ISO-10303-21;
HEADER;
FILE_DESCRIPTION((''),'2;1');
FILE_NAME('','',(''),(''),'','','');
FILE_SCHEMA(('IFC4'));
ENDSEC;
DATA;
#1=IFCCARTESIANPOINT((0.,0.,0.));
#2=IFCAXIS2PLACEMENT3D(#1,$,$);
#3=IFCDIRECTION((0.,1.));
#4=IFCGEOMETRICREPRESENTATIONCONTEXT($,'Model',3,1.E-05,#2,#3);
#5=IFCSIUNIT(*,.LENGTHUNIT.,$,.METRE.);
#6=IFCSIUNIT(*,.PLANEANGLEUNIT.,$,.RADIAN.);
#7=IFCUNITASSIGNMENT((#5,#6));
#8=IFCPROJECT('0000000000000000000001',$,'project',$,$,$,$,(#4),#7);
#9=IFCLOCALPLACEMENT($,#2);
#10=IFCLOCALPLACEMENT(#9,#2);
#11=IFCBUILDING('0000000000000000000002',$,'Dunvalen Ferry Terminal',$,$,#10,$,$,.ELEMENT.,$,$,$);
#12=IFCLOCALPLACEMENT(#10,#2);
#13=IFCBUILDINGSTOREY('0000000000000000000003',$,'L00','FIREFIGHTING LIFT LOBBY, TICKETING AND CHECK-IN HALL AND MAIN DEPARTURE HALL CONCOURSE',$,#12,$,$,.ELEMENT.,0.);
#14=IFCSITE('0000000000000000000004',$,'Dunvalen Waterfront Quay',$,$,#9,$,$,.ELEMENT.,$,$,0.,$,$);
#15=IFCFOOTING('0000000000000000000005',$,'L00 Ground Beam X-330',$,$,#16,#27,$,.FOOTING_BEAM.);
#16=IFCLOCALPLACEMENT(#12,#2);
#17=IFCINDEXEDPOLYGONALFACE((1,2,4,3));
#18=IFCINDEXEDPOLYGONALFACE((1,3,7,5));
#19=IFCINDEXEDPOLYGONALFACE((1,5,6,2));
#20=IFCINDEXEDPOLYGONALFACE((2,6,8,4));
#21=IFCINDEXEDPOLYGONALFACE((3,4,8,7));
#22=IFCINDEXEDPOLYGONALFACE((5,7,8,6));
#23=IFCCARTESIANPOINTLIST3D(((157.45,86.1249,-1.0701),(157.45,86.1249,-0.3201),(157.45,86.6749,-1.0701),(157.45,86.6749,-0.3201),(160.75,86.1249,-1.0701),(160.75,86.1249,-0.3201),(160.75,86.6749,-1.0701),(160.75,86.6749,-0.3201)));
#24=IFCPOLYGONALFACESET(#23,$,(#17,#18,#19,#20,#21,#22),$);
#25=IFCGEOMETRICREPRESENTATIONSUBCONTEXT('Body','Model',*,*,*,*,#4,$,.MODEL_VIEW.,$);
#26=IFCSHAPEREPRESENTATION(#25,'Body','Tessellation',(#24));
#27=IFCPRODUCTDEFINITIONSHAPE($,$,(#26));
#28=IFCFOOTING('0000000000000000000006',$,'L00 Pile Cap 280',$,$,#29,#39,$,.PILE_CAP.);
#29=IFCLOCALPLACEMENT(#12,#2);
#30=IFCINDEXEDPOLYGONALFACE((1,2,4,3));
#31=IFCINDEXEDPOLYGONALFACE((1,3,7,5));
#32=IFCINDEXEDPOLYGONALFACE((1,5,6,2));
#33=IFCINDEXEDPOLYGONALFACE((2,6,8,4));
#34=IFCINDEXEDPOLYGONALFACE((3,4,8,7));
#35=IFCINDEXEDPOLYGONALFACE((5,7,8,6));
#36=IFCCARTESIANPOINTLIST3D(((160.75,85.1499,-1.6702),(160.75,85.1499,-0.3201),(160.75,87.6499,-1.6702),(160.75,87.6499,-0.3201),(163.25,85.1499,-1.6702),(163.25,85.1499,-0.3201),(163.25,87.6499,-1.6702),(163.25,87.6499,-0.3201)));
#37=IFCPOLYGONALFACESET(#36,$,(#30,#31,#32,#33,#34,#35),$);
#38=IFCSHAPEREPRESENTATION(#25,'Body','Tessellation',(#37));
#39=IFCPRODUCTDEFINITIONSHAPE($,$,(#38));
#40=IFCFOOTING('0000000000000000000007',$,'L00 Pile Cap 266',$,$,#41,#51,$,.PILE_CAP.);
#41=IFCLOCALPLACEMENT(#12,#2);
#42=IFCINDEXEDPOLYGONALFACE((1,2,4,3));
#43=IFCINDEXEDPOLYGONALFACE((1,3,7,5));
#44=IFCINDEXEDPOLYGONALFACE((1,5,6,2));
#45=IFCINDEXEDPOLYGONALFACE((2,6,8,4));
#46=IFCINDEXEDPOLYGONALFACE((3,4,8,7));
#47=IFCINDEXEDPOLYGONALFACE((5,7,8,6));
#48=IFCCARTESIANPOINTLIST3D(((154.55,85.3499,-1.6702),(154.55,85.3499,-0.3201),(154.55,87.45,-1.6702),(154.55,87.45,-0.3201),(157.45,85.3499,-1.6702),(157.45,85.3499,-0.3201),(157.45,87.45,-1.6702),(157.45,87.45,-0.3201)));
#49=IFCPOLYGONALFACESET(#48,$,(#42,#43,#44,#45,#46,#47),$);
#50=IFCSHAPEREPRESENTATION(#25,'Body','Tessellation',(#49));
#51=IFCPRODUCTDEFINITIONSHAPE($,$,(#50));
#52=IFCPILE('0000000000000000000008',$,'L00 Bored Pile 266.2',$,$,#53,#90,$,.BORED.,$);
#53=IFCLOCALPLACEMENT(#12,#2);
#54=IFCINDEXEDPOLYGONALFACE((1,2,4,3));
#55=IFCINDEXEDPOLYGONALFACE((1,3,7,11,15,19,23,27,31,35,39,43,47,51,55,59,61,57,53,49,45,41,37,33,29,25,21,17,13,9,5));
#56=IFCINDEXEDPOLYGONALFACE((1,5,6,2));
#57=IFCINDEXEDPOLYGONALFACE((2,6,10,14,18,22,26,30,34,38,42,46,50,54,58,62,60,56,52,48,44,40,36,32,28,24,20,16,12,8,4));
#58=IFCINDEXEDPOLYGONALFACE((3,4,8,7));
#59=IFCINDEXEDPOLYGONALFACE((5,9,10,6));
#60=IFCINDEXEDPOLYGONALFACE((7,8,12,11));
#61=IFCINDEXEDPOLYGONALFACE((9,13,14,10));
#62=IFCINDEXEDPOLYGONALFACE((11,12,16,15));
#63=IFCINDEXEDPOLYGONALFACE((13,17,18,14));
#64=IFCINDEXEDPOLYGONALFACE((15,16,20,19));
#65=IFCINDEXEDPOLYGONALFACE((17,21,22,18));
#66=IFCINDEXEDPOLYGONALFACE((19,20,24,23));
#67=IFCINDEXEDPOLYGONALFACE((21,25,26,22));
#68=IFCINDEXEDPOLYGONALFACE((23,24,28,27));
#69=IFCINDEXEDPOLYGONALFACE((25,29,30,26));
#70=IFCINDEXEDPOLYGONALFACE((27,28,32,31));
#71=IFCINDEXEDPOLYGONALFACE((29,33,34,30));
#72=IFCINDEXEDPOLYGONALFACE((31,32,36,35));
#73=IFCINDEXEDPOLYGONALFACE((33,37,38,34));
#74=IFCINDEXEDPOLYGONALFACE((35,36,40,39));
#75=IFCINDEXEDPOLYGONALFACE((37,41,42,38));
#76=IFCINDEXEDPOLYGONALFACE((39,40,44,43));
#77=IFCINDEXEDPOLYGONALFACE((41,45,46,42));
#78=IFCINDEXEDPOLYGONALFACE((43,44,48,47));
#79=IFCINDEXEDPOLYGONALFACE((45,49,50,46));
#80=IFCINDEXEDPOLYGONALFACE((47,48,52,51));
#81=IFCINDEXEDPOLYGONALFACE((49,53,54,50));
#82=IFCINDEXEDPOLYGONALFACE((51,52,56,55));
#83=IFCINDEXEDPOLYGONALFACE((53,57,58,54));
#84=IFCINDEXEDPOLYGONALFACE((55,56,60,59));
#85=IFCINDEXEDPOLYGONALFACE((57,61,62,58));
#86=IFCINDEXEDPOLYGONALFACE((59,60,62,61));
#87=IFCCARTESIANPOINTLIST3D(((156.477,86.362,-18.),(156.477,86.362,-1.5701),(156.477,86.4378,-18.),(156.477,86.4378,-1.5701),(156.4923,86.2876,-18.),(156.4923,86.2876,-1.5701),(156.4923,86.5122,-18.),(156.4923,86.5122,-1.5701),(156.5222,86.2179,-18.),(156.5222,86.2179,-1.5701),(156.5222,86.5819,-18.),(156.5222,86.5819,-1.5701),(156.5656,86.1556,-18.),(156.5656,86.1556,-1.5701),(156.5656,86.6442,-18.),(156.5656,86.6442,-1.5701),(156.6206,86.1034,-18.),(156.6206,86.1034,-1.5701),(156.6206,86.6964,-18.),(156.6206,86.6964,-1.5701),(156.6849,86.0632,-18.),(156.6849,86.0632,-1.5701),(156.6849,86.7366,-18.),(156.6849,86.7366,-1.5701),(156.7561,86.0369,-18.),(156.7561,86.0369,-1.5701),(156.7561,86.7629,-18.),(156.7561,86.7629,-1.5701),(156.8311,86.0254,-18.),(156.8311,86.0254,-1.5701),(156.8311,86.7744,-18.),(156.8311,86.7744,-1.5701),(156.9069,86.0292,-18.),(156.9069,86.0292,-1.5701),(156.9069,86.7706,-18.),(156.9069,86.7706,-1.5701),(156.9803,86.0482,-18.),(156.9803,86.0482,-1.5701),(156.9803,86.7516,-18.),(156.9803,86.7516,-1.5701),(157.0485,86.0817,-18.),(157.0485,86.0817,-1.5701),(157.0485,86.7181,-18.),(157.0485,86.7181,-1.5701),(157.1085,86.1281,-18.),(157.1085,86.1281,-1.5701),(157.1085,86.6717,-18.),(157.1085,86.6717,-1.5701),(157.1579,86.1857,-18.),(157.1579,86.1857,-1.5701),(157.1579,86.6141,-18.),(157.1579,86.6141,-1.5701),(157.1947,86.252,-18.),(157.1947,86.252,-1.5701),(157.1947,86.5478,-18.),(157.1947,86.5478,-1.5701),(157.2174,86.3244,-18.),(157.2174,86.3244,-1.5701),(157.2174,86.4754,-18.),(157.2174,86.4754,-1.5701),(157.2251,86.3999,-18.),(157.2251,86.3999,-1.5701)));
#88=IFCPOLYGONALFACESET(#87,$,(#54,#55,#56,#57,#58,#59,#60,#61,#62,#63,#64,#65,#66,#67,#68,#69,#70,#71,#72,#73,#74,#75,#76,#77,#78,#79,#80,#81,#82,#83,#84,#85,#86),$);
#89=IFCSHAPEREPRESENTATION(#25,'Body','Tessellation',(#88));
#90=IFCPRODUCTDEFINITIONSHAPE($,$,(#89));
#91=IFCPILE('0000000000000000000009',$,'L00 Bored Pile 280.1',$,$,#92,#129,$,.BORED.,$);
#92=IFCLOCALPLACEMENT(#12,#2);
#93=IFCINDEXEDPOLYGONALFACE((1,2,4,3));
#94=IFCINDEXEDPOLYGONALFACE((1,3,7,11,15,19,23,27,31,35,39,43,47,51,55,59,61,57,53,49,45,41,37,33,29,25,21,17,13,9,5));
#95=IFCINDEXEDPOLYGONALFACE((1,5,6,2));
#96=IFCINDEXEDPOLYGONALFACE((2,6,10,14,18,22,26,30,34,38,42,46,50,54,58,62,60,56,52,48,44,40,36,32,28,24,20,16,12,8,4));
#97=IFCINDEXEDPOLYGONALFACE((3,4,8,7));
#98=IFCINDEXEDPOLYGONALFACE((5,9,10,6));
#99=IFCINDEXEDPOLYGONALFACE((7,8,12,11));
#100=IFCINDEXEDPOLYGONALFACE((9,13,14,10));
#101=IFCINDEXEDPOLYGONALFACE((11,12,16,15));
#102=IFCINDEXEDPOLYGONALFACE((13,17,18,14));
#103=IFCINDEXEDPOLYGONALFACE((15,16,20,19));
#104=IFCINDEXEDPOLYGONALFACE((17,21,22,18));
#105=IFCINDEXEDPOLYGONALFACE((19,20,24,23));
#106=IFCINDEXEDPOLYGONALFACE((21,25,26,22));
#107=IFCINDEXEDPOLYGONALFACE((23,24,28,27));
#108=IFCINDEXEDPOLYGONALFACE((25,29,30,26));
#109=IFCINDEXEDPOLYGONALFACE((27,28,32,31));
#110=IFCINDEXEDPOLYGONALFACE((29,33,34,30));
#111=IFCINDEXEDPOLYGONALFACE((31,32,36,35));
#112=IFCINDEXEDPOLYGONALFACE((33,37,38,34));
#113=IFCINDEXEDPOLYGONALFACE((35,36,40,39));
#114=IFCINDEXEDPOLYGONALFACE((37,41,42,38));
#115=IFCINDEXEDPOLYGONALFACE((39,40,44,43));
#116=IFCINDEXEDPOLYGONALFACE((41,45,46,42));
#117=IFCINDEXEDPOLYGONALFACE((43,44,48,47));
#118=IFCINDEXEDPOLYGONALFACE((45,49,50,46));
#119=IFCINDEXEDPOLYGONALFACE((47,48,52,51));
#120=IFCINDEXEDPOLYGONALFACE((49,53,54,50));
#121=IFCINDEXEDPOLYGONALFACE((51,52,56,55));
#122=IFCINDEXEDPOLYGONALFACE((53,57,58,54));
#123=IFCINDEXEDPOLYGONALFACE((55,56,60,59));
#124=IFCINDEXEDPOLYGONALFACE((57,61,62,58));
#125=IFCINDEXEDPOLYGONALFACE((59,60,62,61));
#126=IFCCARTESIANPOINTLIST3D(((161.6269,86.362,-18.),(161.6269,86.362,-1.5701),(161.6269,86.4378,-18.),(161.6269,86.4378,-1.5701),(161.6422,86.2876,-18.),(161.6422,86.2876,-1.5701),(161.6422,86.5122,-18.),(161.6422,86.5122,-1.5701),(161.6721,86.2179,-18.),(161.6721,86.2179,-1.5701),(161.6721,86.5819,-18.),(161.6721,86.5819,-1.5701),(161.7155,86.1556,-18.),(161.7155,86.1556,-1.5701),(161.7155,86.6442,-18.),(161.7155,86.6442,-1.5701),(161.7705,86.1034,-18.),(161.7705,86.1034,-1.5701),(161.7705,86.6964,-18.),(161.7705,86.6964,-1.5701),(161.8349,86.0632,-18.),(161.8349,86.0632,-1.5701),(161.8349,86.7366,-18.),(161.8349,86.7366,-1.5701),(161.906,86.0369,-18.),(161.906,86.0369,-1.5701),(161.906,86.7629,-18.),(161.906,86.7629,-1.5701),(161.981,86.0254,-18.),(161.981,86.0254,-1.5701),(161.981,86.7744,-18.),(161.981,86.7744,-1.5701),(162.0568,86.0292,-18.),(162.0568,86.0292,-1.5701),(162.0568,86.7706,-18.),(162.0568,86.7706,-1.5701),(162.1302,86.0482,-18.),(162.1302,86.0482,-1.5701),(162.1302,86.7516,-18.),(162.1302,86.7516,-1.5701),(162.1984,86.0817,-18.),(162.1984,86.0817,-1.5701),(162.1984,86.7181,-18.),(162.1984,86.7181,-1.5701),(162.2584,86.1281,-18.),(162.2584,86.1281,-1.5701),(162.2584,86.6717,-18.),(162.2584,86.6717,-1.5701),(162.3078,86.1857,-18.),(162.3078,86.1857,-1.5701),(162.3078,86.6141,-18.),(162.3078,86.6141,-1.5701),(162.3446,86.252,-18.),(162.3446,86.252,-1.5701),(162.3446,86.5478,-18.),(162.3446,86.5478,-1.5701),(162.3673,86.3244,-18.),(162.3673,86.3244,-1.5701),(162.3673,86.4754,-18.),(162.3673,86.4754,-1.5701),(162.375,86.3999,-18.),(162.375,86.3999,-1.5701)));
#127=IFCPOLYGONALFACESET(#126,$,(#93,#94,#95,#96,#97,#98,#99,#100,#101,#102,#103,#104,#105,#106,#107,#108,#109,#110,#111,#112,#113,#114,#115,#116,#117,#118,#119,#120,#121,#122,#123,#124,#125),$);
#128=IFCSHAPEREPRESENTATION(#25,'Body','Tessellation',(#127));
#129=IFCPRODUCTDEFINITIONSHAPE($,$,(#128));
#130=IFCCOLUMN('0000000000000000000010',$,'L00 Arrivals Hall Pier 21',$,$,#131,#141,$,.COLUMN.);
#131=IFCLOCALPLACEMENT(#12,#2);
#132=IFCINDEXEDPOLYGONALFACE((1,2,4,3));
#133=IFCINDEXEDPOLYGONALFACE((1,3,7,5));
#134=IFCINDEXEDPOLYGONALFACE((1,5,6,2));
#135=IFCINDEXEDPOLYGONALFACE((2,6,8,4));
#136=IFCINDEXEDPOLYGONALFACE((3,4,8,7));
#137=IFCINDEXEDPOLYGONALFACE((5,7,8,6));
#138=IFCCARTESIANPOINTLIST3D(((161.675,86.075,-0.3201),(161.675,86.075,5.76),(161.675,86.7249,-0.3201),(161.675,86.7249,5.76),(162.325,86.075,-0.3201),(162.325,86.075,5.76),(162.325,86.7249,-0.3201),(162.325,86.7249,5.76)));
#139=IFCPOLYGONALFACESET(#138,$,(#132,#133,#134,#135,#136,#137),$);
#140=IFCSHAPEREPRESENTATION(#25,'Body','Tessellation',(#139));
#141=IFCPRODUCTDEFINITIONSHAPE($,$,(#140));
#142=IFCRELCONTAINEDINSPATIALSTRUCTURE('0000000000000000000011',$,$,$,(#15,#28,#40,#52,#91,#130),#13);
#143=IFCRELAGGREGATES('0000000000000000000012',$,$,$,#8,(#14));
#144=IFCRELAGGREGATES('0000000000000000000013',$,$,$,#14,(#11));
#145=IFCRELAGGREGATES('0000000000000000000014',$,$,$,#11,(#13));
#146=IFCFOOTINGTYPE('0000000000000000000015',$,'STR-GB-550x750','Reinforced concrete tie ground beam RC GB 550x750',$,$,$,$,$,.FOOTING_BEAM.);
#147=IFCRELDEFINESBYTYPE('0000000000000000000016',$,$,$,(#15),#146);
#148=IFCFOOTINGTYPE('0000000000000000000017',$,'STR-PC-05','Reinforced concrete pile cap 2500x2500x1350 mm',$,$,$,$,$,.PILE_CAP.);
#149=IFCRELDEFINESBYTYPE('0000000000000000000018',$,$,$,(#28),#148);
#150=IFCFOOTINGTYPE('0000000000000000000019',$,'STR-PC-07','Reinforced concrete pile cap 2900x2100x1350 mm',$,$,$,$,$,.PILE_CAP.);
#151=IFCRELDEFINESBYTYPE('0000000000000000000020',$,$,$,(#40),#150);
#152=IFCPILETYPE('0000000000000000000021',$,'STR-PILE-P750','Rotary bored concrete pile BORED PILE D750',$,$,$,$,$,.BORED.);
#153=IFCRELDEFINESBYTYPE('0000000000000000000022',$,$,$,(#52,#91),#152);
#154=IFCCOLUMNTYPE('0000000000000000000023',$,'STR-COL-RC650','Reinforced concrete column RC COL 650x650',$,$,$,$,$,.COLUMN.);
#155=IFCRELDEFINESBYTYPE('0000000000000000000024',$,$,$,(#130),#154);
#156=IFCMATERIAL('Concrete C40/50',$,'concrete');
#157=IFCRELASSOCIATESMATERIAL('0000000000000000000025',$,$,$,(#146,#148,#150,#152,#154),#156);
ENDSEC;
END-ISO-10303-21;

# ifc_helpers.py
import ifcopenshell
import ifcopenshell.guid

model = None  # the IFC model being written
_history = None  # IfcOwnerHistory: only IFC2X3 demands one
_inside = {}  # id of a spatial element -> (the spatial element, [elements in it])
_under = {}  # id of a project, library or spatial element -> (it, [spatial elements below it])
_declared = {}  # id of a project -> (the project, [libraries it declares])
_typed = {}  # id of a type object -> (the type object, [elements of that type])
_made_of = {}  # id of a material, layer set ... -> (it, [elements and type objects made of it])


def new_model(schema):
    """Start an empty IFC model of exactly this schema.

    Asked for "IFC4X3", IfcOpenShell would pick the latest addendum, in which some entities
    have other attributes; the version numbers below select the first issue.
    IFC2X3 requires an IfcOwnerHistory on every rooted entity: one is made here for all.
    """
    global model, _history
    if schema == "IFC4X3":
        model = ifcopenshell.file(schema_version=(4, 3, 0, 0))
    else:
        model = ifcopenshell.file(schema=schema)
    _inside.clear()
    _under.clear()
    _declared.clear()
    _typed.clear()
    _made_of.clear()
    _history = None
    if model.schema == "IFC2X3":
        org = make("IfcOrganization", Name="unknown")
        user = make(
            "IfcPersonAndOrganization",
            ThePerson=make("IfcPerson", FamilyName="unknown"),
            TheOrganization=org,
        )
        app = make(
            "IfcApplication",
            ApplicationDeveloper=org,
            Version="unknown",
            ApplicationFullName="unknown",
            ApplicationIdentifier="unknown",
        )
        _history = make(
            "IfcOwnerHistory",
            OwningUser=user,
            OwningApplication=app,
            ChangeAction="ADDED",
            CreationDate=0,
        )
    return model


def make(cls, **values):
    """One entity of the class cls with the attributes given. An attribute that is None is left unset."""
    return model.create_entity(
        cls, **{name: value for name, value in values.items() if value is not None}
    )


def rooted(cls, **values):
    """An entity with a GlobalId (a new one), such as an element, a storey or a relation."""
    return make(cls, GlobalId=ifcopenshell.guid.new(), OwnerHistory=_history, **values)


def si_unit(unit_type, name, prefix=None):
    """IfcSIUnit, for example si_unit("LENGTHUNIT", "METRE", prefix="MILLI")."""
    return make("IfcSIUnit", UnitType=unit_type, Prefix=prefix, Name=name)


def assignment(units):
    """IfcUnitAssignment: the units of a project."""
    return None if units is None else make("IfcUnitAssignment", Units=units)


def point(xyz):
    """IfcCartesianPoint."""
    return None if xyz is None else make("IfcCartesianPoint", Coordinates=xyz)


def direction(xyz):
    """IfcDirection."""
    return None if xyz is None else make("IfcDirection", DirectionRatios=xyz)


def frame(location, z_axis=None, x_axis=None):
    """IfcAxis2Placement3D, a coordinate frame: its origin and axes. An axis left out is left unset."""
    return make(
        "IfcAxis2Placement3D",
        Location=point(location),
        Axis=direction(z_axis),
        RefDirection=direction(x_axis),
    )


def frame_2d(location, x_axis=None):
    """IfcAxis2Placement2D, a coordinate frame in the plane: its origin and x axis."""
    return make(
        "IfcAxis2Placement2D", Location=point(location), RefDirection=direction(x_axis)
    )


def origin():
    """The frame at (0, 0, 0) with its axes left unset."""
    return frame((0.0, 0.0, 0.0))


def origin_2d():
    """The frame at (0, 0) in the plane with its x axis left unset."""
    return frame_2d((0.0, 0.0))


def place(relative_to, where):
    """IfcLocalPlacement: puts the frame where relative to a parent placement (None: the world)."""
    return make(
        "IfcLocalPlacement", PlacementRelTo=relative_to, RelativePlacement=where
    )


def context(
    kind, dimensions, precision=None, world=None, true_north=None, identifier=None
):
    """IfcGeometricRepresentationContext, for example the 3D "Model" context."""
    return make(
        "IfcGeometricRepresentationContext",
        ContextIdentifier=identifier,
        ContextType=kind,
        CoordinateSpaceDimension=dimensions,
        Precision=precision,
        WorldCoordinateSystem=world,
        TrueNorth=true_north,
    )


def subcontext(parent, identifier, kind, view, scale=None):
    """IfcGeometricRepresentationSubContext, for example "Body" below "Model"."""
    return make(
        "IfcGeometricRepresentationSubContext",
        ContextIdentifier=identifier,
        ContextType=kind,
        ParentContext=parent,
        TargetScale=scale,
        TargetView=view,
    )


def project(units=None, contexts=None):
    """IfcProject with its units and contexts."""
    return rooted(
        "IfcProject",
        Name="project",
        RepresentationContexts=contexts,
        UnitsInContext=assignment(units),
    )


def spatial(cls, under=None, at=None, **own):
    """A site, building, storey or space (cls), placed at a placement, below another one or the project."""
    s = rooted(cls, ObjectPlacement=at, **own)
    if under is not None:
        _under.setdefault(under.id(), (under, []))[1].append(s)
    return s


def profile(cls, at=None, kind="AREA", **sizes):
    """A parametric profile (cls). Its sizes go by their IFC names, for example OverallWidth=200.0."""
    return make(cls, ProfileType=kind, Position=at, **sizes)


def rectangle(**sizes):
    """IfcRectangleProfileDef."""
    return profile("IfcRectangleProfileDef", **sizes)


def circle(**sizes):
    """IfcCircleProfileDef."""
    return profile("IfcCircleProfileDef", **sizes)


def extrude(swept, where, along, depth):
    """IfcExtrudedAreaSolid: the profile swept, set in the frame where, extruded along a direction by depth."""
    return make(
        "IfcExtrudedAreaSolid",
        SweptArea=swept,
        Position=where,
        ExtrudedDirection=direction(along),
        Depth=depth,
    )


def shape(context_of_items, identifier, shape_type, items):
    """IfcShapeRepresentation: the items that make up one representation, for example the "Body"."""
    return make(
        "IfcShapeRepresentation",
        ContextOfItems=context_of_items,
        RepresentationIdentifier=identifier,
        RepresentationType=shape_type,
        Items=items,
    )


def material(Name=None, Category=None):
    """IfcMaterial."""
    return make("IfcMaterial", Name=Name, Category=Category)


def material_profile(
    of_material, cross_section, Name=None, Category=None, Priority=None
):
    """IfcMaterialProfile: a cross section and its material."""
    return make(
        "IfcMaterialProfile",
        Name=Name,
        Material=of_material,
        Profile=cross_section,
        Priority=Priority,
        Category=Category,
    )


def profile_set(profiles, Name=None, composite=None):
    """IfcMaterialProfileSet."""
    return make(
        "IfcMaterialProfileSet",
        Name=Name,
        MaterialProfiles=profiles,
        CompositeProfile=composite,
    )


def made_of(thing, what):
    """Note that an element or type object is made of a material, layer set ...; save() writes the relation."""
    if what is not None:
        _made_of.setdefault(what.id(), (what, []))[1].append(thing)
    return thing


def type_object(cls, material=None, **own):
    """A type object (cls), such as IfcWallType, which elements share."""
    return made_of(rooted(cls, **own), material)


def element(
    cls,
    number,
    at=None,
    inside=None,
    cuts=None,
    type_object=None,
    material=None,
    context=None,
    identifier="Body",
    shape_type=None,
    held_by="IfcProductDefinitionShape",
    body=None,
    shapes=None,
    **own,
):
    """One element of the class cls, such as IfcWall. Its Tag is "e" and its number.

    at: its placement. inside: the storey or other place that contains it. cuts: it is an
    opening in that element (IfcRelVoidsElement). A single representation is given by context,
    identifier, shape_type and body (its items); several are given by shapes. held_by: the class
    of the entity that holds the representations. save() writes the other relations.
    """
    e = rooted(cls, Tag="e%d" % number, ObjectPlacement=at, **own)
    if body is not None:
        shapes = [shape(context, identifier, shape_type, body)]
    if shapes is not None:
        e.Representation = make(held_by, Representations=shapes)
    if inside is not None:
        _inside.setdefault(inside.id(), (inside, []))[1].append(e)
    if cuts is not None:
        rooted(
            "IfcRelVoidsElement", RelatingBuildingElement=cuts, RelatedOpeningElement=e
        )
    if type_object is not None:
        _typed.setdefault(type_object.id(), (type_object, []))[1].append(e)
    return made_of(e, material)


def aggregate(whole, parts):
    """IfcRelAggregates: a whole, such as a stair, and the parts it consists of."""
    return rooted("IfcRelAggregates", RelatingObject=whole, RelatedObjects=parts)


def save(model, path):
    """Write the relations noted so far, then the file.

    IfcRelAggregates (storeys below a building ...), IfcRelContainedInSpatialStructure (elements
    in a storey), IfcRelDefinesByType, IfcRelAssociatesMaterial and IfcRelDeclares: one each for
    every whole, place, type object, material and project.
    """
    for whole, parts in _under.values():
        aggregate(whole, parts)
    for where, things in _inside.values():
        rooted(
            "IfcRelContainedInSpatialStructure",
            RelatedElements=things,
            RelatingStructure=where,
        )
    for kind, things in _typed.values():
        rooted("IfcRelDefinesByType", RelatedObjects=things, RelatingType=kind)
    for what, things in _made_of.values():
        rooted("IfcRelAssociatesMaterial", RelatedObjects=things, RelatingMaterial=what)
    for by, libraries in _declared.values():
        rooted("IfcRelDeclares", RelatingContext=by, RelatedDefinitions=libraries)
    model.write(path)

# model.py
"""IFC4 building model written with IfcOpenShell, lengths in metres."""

from ifc_helpers import new_model, si_unit, direction, frame, origin, origin_2d, place, context, subcontext, project, spatial, rectangle, circle, extrude, material, material_profile, profile_set, type_object, element, save


model = new_model("IFC4")

# Units and contexts
model_context = context("Model", 3, precision=1e-05, world=origin(), true_north=direction((0.0, 1.0)))
body_context = subcontext(model_context, "Body", "Model", "MODEL_VIEW")
ifc_project = project(units=[si_unit("LENGTHUNIT", "METRE"), si_unit("PLANEANGLEUNIT", "RADIAN")], contexts=[model_context])

# Site, building, storey
site_placement = place(None, origin())
site = spatial("IfcSite", under=ifc_project, at=site_placement, Name="Dunvalen Waterfront Quay", CompositionType="ELEMENT", RefElevation=0.0)
building_placement = place(site_placement, origin())
building = spatial("IfcBuilding", under=site, at=building_placement, Name="Dunvalen Ferry Terminal", CompositionType="ELEMENT")
storey_placement = place(building_placement, origin())
storey = spatial("IfcBuildingStorey", under=building, at=storey_placement, Name="L00", Description="FIREFIGHTING LIFT LOBBY, TICKETING AND CHECK-IN HALL AND MAIN DEPARTURE HALL CONCOURSE", CompositionType="ELEMENT", Elevation=0.0)

# Footings
ifc_material_1 = material(Name="Concrete C40/50", Category="concrete")
ifc_material_profile_1 = material_profile(ifc_material_1, rectangle(XDim=0.55, YDim=0.75, at=origin_2d()), Name="Concrete C40/50")
ifc_profile_set_1 = profile_set([ifc_material_profile_1], Name="Concrete C40/50")
footing_type_1 = type_object("IfcFootingType", Name="STR-GB-550x750", Description="Reinforced concrete tie ground beam RC GB 550x750", PredefinedType="FOOTING_BEAM", material=ifc_profile_set_1)
footing_1_placement = place(storey_placement, frame((157.45, 86.3999, -0.6951), z_axis=(1.0, 0.0, 0.0), x_axis=(0.0, 1.0, 0.0)))
element("IfcFooting", 1, at=footing_1_placement, inside=storey, type_object=footing_type_1, Name="L00 Ground Beam X-330", PredefinedType="FOOTING_BEAM", context=body_context, shape_type="SweptSolid", body=[
    extrude(rectangle(XDim=0.55, YDim=0.75, at=origin_2d()), origin(), (0.0, 0.0, 1.0), 3.3),
])
footing_type_2 = type_object("IfcFootingType", Name="STR-PC-05", Description="Reinforced concrete pile cap 2500x2500x1350 mm", PredefinedType="PILE_CAP", material=ifc_material_1)
footing_2_placement = place(storey_placement, frame((162.0, 86.3999, -1.6702), z_axis=(0.0, 0.0, 1.0), x_axis=(1.0, 0.0, 0.0)))
element("IfcFooting", 2, at=footing_2_placement, inside=storey, type_object=footing_type_2, Name="L00 Pile Cap 280", PredefinedType="PILE_CAP", context=body_context, shape_type="SweptSolid", body=[
    extrude(rectangle(XDim=2.5, YDim=2.5, at=origin_2d()), origin(), (0.0, 0.0, 1.0), 1.3501),
])
footing_type_3 = type_object("IfcFootingType", Name="STR-PC-07", Description="Reinforced concrete pile cap 2900x2100x1350 mm", PredefinedType="PILE_CAP", material=ifc_material_1)
footing_3_placement = place(storey_placement, frame((156.0, 86.3999, -1.6702), z_axis=(0.0, 0.0, 1.0), x_axis=(1.0, 0.0, 0.0)))
element("IfcFooting", 3, at=footing_3_placement, inside=storey, type_object=footing_type_3, Name="L00 Pile Cap 266", PredefinedType="PILE_CAP", context=body_context, shape_type="SweptSolid", body=[
    extrude(rectangle(XDim=2.8999, YDim=2.1001, at=origin_2d()), origin(), (0.0, 0.0, 1.0), 1.3501),
])

# Piles
ifc_material_profile_2 = material_profile(ifc_material_1, circle(Radius=0.375, at=origin_2d()), Name="Concrete C40/50")
ifc_profile_set_2 = profile_set([ifc_material_profile_2], Name="Concrete C40/50")
pile_type = type_object("IfcPileType", Name="STR-PILE-P750", Description="Rotary bored concrete pile BORED PILE D750", PredefinedType="BORED", material=ifc_profile_set_2)
for number, where, z_axis, x_axis, name in (
    (4, (156.8501, 86.3999, -1.5701), (0.0, 0.0, -1.0), (1.0, 0.0, 0.0), "L00 Bored Pile 266.2"),
    (5, (162.0, 86.3999, -1.5701), (0.0, 0.0, -1.0), (1.0, 0.0, 0.0), "L00 Bored Pile 280.1"),
):
    element("IfcPile", number, at=place(storey_placement, frame(where, z_axis=z_axis, x_axis=x_axis)), inside=storey, type_object=pile_type, Name=name, PredefinedType="BORED", context=body_context, shape_type="SweptSolid", body=[
        extrude(circle(Radius=0.375, at=origin_2d()), origin(), (0.0, 0.0, 1.0), 16.4299),
    ])

# Column
ifc_material_profile_3 = material_profile(ifc_material_1, rectangle(XDim=0.6499, YDim=0.6499, at=origin_2d()), Name="Concrete C40/50")
ifc_profile_set_3 = profile_set([ifc_material_profile_3], Name="Concrete C40/50")
column_type = type_object("IfcColumnType", Name="STR-COL-RC650", Description="Reinforced concrete column RC COL 650x650", PredefinedType="COLUMN", material=ifc_profile_set_3)
column_placement = place(storey_placement, frame((162.0, 86.3999, -0.3201), z_axis=(0.0, 0.0, 1.0), x_axis=(1.0, 0.0, 0.0)))
element("IfcColumn", 6, at=column_placement, inside=storey, type_object=column_type, Name="L00 Arrivals Hall Pier 21", PredefinedType="COLUMN", context=body_context, shape_type="SweptSolid", body=[
    extrude(rectangle(XDim=0.6499, YDim=0.6499, at=origin_2d()), origin(), (0.0, 0.0, 1.0), 6.0801),
])

save(model, "model.ifc")
